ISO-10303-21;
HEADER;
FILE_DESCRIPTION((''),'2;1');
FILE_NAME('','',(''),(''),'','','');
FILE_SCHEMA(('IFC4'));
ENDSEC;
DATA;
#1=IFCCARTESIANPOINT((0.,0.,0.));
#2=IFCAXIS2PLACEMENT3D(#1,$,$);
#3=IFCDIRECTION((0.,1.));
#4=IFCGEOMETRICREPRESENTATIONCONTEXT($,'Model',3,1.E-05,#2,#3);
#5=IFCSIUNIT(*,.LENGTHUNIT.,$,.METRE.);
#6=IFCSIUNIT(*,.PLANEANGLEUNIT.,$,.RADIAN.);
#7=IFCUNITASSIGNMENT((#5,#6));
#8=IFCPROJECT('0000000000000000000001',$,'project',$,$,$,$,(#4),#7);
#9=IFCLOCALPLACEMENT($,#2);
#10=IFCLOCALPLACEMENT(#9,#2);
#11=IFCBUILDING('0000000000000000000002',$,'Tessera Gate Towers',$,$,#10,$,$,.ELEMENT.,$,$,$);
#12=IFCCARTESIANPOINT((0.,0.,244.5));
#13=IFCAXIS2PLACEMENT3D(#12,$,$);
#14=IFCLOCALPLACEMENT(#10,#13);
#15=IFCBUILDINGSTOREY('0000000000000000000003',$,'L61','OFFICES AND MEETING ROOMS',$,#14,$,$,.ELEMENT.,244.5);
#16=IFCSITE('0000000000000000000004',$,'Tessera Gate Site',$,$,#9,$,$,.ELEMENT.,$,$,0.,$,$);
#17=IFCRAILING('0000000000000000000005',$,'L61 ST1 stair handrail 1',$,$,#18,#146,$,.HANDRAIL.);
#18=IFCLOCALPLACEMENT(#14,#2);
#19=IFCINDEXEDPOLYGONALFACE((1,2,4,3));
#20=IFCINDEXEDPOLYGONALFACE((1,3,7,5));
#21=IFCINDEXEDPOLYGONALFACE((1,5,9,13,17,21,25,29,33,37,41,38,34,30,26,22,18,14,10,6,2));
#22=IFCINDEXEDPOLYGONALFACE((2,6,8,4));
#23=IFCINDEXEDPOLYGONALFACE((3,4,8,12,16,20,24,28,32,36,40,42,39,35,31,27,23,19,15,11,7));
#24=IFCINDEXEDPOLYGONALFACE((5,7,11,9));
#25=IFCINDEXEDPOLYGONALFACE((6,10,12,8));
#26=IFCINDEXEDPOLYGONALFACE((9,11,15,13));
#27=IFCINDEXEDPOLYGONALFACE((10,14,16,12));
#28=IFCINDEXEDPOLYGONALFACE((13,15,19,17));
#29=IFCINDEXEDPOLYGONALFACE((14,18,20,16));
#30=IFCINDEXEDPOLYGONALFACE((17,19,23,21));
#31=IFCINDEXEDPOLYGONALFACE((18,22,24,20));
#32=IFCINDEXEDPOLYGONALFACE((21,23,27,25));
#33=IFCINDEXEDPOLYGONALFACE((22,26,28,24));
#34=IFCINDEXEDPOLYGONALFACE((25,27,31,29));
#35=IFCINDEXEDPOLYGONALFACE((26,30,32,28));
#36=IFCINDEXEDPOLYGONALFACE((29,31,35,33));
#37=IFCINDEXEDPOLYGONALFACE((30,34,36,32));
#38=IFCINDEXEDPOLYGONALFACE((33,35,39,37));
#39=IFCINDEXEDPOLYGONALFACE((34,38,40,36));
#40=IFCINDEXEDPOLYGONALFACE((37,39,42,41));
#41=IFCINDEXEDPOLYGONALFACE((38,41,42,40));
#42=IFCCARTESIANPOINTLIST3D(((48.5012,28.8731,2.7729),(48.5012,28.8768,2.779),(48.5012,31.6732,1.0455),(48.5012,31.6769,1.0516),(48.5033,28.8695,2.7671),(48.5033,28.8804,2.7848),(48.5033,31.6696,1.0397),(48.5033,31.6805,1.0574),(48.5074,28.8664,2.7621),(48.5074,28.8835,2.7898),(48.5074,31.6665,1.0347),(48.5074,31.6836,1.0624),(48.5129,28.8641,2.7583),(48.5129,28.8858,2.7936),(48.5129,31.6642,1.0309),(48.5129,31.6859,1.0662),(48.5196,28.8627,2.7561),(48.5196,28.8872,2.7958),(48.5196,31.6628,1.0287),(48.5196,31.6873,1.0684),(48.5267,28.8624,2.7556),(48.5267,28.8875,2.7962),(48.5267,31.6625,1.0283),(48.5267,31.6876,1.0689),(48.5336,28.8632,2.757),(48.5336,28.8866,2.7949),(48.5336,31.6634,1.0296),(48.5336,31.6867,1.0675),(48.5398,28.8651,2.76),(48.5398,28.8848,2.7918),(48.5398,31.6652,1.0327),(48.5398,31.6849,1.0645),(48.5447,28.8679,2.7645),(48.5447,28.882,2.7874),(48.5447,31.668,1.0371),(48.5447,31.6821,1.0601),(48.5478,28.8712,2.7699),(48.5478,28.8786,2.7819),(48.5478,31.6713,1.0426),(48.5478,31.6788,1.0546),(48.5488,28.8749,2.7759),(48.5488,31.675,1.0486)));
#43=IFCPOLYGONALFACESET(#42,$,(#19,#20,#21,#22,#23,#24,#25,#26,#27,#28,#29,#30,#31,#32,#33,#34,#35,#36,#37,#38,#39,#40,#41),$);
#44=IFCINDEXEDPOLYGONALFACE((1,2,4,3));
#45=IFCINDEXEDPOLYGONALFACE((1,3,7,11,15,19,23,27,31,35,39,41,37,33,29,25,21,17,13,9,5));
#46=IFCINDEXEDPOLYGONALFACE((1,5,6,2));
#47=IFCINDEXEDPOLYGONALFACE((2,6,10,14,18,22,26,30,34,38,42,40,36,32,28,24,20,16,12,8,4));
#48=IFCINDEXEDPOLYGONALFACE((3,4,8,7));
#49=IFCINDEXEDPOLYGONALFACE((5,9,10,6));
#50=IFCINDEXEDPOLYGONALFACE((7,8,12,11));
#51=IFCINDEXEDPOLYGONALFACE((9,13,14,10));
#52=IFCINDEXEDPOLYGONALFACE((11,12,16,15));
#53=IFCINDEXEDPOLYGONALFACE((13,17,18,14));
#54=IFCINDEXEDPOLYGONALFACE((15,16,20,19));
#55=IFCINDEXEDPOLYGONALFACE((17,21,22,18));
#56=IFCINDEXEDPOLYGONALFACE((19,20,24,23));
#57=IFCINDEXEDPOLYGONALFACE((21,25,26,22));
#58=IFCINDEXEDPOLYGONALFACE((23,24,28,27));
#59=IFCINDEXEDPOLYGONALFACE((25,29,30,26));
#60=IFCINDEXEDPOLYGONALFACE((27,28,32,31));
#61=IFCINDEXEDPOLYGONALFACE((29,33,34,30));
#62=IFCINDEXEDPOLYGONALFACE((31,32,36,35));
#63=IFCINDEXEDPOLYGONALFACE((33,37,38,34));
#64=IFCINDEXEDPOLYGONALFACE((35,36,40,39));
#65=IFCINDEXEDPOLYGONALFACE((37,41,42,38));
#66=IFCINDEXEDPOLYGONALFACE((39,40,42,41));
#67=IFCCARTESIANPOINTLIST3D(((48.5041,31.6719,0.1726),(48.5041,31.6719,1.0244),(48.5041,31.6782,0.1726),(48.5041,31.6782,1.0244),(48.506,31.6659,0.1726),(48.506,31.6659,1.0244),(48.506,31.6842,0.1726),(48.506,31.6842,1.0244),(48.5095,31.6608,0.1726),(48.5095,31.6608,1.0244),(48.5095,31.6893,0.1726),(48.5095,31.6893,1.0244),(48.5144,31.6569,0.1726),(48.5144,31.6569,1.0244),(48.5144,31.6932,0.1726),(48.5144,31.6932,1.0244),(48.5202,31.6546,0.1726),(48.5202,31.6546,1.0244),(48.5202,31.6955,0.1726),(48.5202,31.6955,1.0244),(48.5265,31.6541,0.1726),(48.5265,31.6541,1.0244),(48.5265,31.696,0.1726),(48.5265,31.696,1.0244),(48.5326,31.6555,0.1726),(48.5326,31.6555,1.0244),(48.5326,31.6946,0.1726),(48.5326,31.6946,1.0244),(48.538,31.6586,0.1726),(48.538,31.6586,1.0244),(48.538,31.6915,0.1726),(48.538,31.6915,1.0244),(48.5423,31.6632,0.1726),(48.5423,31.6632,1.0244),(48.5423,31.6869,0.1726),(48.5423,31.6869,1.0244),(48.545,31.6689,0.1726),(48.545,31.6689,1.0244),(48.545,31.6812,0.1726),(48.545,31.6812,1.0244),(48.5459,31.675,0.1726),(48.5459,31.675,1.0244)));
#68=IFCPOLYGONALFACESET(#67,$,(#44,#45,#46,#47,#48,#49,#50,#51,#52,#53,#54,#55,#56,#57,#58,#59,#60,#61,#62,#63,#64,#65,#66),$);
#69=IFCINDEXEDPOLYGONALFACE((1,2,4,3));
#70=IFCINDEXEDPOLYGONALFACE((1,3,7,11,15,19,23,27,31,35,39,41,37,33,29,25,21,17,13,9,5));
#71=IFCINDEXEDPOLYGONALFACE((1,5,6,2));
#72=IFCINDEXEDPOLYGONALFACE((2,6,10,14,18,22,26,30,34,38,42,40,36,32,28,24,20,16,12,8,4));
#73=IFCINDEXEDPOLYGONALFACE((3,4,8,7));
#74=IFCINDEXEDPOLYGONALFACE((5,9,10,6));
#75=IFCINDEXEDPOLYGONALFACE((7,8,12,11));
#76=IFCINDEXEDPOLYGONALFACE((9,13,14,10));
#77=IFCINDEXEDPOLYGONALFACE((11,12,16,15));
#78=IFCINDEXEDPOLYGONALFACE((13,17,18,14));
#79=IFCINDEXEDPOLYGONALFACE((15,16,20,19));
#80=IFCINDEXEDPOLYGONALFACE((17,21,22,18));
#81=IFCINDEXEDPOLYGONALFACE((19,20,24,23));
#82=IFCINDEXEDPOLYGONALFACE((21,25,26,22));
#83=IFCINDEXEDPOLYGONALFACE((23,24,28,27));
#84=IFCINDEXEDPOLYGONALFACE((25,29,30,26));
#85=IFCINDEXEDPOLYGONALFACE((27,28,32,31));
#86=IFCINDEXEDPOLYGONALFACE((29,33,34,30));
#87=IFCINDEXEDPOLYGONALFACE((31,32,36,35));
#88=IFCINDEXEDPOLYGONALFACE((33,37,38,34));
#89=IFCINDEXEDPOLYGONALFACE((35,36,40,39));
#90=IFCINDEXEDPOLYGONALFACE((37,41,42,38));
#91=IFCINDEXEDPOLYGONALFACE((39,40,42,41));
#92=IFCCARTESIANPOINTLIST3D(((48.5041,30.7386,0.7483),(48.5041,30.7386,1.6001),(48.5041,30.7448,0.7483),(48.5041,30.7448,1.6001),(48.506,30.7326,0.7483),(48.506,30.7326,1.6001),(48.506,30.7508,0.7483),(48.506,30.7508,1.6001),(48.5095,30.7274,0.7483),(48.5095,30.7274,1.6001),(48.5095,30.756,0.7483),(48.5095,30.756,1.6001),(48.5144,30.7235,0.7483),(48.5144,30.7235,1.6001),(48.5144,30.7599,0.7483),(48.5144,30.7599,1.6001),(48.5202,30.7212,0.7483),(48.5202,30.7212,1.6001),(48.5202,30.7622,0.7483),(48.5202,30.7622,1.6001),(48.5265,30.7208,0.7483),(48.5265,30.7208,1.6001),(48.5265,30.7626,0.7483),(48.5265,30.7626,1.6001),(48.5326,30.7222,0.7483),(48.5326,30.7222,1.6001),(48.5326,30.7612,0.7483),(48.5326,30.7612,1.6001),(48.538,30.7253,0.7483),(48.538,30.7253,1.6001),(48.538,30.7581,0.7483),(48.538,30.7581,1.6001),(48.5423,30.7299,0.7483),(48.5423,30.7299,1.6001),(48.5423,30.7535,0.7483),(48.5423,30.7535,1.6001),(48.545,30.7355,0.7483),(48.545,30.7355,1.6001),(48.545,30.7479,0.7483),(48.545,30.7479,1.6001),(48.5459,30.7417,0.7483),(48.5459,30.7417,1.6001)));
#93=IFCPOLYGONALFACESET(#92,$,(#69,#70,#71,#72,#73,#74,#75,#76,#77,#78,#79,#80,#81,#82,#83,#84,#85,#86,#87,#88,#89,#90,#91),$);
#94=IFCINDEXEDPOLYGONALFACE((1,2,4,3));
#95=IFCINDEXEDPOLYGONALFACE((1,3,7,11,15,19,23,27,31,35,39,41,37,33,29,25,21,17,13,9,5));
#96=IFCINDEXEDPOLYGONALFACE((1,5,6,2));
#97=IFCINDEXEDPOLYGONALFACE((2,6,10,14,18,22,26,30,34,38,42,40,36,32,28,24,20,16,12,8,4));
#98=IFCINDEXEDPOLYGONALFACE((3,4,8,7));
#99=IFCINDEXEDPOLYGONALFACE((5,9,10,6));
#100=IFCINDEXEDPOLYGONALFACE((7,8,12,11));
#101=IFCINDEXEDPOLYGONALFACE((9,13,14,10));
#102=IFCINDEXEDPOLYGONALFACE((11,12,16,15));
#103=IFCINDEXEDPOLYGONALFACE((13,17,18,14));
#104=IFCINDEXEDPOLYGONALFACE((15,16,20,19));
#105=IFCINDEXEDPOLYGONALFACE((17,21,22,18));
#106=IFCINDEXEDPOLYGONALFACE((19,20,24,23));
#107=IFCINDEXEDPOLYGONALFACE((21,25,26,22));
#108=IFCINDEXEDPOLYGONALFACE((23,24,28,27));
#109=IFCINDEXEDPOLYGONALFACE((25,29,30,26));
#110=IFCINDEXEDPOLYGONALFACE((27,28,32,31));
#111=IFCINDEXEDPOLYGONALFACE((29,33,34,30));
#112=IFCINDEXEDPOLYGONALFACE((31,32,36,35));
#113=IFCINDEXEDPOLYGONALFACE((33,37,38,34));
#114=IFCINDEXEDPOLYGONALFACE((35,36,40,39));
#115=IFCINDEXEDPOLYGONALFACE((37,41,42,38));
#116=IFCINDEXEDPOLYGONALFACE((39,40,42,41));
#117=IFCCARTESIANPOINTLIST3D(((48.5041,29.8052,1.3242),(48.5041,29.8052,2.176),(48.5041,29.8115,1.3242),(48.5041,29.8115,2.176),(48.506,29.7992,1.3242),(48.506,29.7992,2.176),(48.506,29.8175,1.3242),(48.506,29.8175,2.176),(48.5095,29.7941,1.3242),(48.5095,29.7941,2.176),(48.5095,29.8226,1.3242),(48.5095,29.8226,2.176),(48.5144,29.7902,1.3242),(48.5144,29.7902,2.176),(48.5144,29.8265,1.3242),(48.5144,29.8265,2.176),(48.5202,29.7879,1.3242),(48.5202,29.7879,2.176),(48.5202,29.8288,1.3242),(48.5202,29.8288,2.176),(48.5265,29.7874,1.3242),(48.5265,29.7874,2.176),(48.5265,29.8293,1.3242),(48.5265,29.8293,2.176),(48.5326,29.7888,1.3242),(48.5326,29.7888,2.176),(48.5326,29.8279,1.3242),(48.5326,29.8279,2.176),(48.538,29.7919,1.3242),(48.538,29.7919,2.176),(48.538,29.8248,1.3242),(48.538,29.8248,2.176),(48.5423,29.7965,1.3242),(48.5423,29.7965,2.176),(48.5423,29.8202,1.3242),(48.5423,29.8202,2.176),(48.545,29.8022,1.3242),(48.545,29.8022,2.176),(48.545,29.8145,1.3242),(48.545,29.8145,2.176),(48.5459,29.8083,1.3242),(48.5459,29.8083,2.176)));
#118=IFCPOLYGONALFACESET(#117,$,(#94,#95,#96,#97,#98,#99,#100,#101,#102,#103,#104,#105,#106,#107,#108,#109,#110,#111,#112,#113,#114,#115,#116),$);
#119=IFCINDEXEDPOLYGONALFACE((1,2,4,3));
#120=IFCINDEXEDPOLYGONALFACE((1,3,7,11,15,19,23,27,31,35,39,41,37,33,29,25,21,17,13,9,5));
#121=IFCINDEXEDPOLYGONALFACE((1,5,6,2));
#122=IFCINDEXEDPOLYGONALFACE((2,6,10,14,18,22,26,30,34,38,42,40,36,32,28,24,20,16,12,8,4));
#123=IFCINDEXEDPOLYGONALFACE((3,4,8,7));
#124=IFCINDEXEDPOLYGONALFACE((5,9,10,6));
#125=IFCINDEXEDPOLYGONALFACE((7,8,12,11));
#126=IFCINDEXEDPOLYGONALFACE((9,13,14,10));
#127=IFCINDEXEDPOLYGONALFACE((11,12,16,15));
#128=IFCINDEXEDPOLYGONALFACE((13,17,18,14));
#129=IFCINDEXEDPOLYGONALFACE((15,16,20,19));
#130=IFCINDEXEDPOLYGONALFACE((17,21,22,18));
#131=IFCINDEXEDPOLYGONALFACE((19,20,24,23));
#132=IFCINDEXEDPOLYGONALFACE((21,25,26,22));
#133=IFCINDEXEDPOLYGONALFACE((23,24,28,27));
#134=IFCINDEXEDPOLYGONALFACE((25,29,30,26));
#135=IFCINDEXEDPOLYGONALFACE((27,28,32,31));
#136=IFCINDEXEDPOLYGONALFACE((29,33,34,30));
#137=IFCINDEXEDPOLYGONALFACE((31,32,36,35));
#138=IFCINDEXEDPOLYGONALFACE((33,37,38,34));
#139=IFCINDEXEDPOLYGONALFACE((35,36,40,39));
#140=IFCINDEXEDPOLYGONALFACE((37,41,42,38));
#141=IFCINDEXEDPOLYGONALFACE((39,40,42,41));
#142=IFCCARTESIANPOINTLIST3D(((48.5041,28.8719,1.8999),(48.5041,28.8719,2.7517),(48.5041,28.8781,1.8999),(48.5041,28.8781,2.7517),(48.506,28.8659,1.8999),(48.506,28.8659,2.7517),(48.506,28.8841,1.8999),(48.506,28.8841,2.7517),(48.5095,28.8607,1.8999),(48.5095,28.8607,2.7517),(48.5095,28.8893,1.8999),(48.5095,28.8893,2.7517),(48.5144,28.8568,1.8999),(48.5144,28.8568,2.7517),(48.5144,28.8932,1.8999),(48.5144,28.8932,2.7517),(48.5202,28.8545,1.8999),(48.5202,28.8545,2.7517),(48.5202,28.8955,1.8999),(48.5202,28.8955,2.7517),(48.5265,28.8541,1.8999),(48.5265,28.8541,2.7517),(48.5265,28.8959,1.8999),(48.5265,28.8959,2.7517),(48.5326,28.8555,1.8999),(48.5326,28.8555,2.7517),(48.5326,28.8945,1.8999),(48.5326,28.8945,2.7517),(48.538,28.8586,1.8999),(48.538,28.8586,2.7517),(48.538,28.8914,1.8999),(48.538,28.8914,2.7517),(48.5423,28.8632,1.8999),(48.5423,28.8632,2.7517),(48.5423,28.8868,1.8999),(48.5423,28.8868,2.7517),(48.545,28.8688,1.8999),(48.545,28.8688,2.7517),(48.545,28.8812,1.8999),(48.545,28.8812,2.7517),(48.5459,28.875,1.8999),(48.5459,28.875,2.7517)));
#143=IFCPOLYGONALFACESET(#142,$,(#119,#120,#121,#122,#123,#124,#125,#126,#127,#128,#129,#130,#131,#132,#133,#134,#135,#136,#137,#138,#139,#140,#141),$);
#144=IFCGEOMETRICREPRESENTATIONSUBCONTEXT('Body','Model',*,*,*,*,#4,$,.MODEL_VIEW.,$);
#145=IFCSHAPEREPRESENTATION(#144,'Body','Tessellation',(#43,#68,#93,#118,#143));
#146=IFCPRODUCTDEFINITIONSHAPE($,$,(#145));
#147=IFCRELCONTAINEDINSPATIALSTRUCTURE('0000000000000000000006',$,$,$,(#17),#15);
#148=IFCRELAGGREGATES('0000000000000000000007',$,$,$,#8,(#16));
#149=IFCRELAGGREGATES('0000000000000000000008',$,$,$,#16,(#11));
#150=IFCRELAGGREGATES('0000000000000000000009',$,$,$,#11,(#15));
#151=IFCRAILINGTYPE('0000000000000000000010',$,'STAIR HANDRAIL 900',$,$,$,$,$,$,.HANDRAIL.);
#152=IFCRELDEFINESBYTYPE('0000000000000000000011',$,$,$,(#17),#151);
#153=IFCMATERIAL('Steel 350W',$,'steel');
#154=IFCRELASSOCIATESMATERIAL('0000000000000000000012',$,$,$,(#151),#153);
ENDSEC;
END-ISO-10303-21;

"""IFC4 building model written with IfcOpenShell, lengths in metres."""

from ifc_helpers import new_model, si_unit, direction, frame, origin, origin_2d, place, context, subcontext, project, spatial, circle, extrude, material, type_object, element, save


model = new_model("IFC4")

# Units and contexts
model_context = context("Model", 3, precision=1e-05, world=origin(), true_north=direction((0.0, 1.0)))
body_context = subcontext(model_context, "Body", "Model", "MODEL_VIEW")
ifc_project = project(units=[si_unit("LENGTHUNIT", "METRE"), si_unit("PLANEANGLEUNIT", "RADIAN")], contexts=[model_context])

# Site, building, storey
site_placement = place(None, origin())
site = spatial("IfcSite", under=ifc_project, at=site_placement, Name="Tessera Gate Site", CompositionType="ELEMENT", RefElevation=0.0)
building_placement = place(site_placement, origin())
building = spatial("IfcBuilding", under=site, at=building_placement, Name="Tessera Gate Towers", CompositionType="ELEMENT")
storey_placement = place(building_placement, frame((0.0, 0.0, 244.5)))
storey = spatial("IfcBuildingStorey", under=building, at=storey_placement, Name="L61", Description="OFFICES AND MEETING ROOMS", CompositionType="ELEMENT", Elevation=244.5)

# Railing
ifc_material_1 = material(Name="Steel 350W", Category="steel")
railing_type = type_object("IfcRailingType", Name="STAIR HANDRAIL 900", PredefinedType="HANDRAIL", material=ifc_material_1)
railing_placement = place(storey_placement, frame((48.5249, 31.675, 0.1726)))
element("IfcRailing", 1, at=railing_placement, inside=storey, type_object=railing_type, Name="L61 ST1 stair handrail 1", PredefinedType="HANDRAIL", context=body_context, shape_type="SweptSolid", body=[
    extrude(circle(Radius=0.0239, at=origin_2d()), frame((0.0, 0.0, 0.876), z_axis=(0.0, -0.85109, 0.52502), x_axis=(1.0, 0.0, 0.0)), (0.0, 0.0, 1.0), 3.29),
    extrude(circle(Radius=0.021, at=origin_2d()), origin(), (0.0, 0.0, 1.0), 0.8518),
    extrude(circle(Radius=0.021, at=origin_2d()), frame((0.0, -0.9333, 0.5757)), (0.0, 0.0, 1.0), 0.8518),
    extrude(circle(Radius=0.021, at=origin_2d()), frame((0.0, -1.8667, 1.1516)), (0.0, 0.0, 1.0), 0.8518),
    extrude(circle(Radius=0.021, at=origin_2d()), frame((0.0, -2.8, 1.7273)), (0.0, 0.0, 1.0), 0.8518),
])

save(model, "model.ifc")
